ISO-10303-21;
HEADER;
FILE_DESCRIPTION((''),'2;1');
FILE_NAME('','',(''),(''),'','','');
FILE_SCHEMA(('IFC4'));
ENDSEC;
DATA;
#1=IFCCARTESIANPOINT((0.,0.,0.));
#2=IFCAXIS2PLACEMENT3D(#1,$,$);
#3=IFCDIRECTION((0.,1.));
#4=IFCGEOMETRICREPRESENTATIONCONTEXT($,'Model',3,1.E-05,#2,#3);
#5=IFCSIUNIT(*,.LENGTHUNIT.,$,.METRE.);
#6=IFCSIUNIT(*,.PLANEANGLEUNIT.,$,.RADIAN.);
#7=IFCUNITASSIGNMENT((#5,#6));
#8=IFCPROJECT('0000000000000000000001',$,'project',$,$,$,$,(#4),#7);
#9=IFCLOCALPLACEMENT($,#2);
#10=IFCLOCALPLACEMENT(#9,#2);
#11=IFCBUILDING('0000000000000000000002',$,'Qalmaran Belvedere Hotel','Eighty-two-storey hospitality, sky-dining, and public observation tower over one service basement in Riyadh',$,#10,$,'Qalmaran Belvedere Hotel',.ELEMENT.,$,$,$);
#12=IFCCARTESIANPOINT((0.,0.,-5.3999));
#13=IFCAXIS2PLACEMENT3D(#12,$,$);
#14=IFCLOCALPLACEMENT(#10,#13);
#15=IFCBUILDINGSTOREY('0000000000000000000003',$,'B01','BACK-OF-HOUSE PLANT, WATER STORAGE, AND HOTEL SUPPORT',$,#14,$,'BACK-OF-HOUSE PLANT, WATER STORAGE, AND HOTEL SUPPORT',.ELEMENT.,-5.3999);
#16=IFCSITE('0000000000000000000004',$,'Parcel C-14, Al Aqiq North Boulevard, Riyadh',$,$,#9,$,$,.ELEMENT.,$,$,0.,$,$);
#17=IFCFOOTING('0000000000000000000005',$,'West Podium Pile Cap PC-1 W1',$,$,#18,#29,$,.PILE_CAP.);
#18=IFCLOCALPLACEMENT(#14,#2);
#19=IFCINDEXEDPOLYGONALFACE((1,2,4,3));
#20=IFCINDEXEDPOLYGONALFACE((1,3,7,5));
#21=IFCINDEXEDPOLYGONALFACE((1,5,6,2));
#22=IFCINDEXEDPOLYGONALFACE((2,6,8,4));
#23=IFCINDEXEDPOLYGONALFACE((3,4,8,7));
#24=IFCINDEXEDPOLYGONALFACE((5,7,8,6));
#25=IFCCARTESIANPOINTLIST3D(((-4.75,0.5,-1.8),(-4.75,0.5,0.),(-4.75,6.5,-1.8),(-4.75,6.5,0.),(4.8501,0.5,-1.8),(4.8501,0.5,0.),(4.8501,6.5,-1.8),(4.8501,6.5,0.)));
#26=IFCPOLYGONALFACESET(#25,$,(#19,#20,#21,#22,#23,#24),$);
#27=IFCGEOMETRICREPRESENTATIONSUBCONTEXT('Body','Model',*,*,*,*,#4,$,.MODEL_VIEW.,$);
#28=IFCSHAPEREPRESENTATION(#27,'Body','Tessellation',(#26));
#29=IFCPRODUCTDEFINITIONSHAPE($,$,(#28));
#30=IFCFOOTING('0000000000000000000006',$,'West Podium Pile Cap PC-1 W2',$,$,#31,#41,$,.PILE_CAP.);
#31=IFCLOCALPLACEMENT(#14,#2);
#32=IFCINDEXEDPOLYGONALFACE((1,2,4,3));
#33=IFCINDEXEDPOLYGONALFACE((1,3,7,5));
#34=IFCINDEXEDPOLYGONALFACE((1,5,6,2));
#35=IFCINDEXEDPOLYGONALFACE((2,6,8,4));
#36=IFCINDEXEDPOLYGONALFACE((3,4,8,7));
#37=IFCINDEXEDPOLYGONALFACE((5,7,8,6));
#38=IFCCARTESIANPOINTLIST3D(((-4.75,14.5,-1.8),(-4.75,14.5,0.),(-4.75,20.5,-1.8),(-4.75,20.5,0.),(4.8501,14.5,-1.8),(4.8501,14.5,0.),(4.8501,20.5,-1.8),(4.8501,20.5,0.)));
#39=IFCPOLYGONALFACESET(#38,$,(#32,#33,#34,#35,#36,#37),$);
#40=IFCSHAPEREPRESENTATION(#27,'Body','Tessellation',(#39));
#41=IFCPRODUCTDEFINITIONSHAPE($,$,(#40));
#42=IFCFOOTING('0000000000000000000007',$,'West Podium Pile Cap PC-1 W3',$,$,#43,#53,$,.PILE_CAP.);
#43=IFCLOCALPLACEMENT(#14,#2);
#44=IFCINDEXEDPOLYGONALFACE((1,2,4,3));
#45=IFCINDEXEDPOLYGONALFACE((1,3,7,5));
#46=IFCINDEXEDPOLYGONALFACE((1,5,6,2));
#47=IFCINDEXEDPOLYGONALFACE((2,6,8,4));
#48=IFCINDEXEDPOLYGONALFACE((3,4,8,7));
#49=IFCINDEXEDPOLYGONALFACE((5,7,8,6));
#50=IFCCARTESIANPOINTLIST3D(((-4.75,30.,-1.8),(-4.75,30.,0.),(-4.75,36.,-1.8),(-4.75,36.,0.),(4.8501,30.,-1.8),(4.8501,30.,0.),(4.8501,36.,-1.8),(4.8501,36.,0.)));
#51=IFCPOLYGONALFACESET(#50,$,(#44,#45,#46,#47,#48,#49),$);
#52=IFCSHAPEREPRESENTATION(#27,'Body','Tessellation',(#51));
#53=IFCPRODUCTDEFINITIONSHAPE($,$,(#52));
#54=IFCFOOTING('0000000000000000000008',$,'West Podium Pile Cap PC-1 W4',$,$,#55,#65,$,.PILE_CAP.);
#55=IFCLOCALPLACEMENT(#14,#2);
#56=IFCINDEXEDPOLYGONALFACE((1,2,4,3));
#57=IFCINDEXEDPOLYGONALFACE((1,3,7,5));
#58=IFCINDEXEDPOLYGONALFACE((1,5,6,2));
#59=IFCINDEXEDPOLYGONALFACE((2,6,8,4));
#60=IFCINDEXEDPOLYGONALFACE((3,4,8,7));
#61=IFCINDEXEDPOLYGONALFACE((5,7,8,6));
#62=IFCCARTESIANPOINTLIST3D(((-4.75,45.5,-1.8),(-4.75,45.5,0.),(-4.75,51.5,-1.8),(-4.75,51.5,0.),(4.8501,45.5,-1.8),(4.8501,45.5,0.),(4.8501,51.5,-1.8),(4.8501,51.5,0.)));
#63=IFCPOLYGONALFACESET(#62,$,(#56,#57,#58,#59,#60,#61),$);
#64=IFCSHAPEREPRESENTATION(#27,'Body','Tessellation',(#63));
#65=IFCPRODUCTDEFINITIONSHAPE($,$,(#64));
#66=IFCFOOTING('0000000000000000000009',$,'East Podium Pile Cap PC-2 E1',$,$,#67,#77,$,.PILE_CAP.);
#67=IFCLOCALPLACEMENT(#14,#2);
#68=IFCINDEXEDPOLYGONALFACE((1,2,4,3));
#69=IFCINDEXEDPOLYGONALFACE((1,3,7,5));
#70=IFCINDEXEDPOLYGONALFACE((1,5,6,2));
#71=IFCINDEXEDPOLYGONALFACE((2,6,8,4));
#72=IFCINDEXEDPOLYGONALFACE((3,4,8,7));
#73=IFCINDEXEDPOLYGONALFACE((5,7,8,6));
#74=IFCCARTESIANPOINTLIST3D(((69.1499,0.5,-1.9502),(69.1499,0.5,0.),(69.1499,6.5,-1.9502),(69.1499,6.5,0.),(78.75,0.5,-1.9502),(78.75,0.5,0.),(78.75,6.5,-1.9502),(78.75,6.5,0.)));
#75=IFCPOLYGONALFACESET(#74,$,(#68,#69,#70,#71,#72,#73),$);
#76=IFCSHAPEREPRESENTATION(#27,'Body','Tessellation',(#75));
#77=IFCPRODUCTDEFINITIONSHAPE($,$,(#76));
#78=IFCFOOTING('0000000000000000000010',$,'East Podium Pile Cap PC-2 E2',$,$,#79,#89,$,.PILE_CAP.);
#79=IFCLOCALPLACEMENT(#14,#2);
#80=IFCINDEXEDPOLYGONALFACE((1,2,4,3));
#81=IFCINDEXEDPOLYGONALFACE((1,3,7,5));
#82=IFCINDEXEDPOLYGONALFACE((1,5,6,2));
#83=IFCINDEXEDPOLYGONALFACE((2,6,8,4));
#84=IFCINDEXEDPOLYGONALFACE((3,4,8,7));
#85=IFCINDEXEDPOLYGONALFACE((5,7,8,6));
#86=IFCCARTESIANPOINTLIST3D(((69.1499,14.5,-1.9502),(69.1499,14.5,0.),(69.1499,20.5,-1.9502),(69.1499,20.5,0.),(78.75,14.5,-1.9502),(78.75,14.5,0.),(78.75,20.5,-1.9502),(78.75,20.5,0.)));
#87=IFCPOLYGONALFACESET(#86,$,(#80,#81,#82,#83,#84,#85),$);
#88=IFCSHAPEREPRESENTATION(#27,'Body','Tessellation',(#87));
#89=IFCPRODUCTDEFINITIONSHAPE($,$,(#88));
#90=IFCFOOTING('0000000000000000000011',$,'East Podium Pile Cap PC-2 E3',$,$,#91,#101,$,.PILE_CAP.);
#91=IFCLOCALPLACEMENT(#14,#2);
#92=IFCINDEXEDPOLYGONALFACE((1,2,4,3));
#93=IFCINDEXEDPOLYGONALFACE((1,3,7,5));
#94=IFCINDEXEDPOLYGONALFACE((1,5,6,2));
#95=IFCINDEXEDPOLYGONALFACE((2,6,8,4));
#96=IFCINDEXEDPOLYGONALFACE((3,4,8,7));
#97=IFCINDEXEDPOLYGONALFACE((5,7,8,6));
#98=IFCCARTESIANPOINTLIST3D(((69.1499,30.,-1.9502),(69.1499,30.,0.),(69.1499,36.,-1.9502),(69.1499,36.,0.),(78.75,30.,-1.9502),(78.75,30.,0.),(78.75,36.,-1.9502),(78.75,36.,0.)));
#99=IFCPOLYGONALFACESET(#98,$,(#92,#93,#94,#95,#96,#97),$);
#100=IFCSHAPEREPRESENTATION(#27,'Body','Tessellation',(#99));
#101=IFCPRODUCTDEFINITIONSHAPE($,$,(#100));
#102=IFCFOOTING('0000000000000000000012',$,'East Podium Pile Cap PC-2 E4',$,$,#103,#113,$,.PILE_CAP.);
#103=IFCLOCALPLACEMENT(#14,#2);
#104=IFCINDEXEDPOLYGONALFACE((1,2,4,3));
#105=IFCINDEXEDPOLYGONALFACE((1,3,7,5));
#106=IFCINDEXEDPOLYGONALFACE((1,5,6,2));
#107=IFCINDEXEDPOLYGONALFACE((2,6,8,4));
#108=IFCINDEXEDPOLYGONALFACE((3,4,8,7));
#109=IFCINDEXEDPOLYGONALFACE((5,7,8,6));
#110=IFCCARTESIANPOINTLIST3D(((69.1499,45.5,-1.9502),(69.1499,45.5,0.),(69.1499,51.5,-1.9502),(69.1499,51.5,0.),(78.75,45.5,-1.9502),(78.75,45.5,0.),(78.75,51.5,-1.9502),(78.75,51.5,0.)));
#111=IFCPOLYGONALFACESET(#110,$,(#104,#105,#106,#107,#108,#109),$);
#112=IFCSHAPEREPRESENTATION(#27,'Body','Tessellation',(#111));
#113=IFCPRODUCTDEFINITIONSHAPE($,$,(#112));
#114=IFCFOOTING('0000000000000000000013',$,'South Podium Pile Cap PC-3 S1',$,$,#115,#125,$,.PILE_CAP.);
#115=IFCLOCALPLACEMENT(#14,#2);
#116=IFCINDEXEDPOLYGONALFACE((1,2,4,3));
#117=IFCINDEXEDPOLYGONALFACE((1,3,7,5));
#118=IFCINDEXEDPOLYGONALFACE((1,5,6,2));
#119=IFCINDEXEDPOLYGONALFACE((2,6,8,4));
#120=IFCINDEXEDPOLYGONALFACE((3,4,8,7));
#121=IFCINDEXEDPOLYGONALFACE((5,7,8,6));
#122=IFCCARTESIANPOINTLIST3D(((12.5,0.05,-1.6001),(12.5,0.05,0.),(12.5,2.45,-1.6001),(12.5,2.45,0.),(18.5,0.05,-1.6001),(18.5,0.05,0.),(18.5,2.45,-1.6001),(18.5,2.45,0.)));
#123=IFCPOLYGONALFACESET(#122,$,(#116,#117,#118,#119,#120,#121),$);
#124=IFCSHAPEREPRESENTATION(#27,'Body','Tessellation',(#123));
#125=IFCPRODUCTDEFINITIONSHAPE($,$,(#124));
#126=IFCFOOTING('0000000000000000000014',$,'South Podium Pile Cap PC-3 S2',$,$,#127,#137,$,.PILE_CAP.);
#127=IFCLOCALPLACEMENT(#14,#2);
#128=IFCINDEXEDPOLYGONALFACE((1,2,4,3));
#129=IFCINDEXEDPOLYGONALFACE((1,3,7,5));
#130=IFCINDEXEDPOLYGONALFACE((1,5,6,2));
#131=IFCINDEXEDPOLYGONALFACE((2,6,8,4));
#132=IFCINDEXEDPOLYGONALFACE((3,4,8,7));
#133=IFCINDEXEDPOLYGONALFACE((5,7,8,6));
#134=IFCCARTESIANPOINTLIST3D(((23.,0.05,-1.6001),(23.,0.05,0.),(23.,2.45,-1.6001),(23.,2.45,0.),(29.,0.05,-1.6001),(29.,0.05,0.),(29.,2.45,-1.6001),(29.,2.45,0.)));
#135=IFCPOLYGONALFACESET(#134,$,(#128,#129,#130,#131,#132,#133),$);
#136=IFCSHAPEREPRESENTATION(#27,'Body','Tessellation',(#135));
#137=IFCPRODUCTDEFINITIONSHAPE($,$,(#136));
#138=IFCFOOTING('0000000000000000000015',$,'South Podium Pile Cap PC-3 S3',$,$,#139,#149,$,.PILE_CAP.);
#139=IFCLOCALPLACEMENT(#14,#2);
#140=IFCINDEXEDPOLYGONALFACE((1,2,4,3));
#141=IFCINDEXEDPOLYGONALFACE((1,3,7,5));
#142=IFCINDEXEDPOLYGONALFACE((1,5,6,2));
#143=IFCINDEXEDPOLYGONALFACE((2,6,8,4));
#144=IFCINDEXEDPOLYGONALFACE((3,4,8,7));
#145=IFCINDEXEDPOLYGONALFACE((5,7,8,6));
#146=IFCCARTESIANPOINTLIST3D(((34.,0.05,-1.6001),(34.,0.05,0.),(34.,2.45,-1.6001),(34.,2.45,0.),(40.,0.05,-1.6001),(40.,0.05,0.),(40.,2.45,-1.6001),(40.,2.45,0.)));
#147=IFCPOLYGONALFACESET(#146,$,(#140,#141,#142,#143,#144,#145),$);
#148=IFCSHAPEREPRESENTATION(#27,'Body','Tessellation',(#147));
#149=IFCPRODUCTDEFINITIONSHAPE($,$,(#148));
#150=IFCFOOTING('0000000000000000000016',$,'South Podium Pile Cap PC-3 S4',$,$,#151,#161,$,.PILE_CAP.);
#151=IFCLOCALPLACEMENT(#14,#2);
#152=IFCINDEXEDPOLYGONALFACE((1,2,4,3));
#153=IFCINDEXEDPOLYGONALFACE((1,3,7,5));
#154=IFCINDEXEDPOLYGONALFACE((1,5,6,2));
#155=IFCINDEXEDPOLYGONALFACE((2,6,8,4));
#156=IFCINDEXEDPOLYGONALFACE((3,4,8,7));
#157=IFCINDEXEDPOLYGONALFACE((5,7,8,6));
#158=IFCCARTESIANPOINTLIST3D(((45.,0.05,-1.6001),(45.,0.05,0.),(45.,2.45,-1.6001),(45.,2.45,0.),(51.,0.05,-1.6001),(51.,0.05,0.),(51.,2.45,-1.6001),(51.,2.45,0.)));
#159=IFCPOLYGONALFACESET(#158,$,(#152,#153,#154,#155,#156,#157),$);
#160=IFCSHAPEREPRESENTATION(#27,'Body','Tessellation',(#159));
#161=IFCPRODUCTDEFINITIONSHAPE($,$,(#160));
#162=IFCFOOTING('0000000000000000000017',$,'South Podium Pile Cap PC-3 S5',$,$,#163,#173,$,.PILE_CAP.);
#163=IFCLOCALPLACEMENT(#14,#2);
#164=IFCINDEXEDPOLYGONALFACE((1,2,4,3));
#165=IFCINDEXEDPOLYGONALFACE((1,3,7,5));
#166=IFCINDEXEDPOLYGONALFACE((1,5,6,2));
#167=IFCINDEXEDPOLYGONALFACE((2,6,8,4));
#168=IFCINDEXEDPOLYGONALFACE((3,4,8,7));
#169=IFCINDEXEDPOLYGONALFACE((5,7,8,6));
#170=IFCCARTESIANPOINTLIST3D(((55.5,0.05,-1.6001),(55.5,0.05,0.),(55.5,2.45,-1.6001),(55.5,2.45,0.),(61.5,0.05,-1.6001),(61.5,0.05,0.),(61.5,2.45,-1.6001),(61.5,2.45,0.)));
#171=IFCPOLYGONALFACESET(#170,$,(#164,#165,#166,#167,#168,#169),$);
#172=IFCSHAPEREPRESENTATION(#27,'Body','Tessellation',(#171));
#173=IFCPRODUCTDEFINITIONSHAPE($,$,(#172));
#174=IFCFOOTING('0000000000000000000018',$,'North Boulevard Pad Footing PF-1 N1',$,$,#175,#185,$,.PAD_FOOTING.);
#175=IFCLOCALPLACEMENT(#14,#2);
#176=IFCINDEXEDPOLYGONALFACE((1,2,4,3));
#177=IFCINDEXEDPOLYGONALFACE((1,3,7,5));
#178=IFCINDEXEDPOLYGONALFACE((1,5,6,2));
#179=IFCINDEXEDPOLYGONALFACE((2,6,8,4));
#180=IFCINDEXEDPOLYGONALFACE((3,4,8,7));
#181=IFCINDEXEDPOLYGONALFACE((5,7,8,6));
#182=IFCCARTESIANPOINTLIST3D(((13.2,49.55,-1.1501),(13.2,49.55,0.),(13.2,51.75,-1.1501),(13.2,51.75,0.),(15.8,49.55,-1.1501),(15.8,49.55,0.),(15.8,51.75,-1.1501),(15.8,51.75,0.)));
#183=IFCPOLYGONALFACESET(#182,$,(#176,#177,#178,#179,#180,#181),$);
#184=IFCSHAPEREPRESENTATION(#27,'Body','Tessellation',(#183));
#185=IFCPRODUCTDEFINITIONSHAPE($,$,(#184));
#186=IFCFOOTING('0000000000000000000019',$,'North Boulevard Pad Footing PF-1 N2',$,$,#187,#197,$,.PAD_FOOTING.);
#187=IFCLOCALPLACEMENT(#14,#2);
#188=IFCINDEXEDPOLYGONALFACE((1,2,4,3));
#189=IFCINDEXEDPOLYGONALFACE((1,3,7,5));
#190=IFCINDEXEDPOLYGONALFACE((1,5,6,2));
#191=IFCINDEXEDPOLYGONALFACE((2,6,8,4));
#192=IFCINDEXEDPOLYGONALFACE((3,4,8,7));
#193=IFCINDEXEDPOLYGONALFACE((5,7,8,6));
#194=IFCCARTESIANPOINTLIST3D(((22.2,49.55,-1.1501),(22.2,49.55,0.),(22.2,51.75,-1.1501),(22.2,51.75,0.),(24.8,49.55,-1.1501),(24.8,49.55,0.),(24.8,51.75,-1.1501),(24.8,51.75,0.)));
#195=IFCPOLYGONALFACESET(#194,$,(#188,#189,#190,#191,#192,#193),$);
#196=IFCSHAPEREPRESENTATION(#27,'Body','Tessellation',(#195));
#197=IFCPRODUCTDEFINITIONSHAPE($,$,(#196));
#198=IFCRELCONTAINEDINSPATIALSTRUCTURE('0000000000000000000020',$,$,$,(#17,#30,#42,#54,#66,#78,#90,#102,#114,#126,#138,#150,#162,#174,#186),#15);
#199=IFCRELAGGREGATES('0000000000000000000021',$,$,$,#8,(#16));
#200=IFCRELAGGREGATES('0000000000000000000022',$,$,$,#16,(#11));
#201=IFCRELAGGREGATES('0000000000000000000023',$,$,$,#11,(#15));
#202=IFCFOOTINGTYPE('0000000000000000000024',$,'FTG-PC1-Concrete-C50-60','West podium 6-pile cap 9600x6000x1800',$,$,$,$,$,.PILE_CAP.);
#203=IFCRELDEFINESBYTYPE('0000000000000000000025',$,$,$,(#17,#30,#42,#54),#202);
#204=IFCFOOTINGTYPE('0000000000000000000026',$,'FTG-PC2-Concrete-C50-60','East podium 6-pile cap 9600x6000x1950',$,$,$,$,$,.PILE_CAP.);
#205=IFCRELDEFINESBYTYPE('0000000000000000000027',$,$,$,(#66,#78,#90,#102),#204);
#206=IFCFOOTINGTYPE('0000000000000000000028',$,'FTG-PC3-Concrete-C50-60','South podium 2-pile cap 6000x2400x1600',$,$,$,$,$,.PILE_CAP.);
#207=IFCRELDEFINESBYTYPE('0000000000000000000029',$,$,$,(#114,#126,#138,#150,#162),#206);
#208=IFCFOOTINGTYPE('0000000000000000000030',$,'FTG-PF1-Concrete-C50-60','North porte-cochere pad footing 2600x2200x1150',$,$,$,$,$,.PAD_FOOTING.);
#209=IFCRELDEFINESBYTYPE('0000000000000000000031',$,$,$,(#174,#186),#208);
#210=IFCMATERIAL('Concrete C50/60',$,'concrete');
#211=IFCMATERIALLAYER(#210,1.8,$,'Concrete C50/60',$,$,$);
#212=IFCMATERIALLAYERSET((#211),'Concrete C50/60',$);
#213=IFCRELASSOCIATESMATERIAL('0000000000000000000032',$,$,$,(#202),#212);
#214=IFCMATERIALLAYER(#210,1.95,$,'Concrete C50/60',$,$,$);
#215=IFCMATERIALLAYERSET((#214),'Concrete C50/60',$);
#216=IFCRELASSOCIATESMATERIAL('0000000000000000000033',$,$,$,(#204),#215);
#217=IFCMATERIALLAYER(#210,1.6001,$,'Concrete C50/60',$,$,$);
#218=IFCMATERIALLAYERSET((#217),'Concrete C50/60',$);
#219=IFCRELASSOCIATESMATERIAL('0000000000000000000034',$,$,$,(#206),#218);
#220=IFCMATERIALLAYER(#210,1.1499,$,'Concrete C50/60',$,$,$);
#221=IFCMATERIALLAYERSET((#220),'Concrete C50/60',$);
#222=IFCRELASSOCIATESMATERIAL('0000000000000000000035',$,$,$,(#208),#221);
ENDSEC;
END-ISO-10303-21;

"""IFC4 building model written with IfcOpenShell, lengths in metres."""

from ifc_helpers import new_model, si_unit, direction, frame, origin, place, context, subcontext, project, spatial, polyline, outline, extrude, material, layer, layer_set, type_object, element, save


model = new_model("IFC4")

# Units and contexts
model_context = context("Model", 3, precision=1e-05, world=origin(), true_north=direction((0.0, 1.0)))
body_context = subcontext(model_context, "Body", "Model", "MODEL_VIEW")
ifc_project = project(units=[si_unit("LENGTHUNIT", "METRE"), si_unit("PLANEANGLEUNIT", "RADIAN")], contexts=[model_context])

# Site, building, storey
site_placement = place(None, origin())
site = spatial("IfcSite", under=ifc_project, at=site_placement, Name="Parcel C-14, Al Aqiq North Boulevard, Riyadh", CompositionType="ELEMENT", RefElevation=0.0)
building_placement = place(site_placement, origin())
building = spatial("IfcBuilding", under=site, at=building_placement, Name="Qalmaran Belvedere Hotel", Description="Eighty-two-storey hospitality, sky-dining, and public observation tower over one service basement in Riyadh", LongName="Qalmaran Belvedere Hotel", CompositionType="ELEMENT")
storey_placement = place(building_placement, frame((0.0, 0.0, -5.3999)))
storey = spatial("IfcBuildingStorey", under=building, at=storey_placement, Name="B01", Description="BACK-OF-HOUSE PLANT, WATER STORAGE, AND HOTEL SUPPORT", LongName="BACK-OF-HOUSE PLANT, WATER STORAGE, AND HOTEL SUPPORT", CompositionType="ELEMENT", Elevation=-5.3999)

# Footings
ifc_material_1 = material(Name="Concrete C50/60", Category="concrete")
ifc_layer_1 = layer(ifc_material_1, 1.8, Name="Concrete C50/60")
ifc_layer_set_1 = layer_set([ifc_layer_1], Name="Concrete C50/60")
footing_type_1 = type_object("IfcFootingType", Name="FTG-PC1-Concrete-C50-60", Description="West podium 6-pile cap 9600x6000x1800", PredefinedType="PILE_CAP", material=ifc_layer_set_1)
footing_1_placement = place(storey_placement, frame((0.0, 0.0, -1.8)))
element("IfcFooting", 1, at=footing_1_placement, inside=storey, type_object=footing_type_1, Name="West Podium Pile Cap PC-1 W1", PredefinedType="PILE_CAP", context=body_context, shape_type="SweptSolid", body=[
    extrude(outline(polyline([(-4.75, 0.5), (4.8501, 0.5), (4.8501, 6.5), (-4.75, 6.5), (-4.75, 0.5)])), origin(), (0.0, 0.0, 1.0), 1.8),
])
footing_2_placement = place(storey_placement, frame((0.0, 0.0, -1.8)))
element("IfcFooting", 2, at=footing_2_placement, inside=storey, type_object=footing_type_1, Name="West Podium Pile Cap PC-1 W2", PredefinedType="PILE_CAP", context=body_context, shape_type="SweptSolid", body=[
    extrude(outline(polyline([(-4.75, 14.5), (4.8501, 14.5), (4.8501, 20.5), (-4.75, 20.5), (-4.75, 14.5)])), origin(), (0.0, 0.0, 1.0), 1.8),
])
footing_3_placement = place(storey_placement, frame((0.0, 0.0, -1.8)))
element("IfcFooting", 3, at=footing_3_placement, inside=storey, type_object=footing_type_1, Name="West Podium Pile Cap PC-1 W3", PredefinedType="PILE_CAP", context=body_context, shape_type="SweptSolid", body=[
    extrude(outline(polyline([(-4.75, 30.0), (4.8501, 30.0), (4.8501, 36.0), (-4.75, 36.0), (-4.75, 30.0)])), origin(), (0.0, 0.0, 1.0), 1.8),
])
footing_4_placement = place(storey_placement, frame((0.0, 0.0, -1.8)))
element("IfcFooting", 4, at=footing_4_placement, inside=storey, type_object=footing_type_1, Name="West Podium Pile Cap PC-1 W4", PredefinedType="PILE_CAP", context=body_context, shape_type="SweptSolid", body=[
    extrude(outline(polyline([(-4.75, 45.5), (4.8501, 45.5), (4.8501, 51.5), (-4.75, 51.5), (-4.75, 45.5)])), origin(), (0.0, 0.0, 1.0), 1.8),
])
ifc_layer_2 = layer(ifc_material_1, 1.95, Name="Concrete C50/60")
ifc_layer_set_2 = layer_set([ifc_layer_2], Name="Concrete C50/60")
footing_type_2 = type_object("IfcFootingType", Name="FTG-PC2-Concrete-C50-60", Description="East podium 6-pile cap 9600x6000x1950", PredefinedType="PILE_CAP", material=ifc_layer_set_2)
footing_5_placement = place(storey_placement, frame((0.0, 0.0, -1.9502)))
element("IfcFooting", 5, at=footing_5_placement, inside=storey, type_object=footing_type_2, Name="East Podium Pile Cap PC-2 E1", PredefinedType="PILE_CAP", context=body_context, shape_type="SweptSolid", body=[
    extrude(outline(polyline([(69.1499, 0.5), (78.75, 0.5), (78.75, 6.5), (69.1499, 6.5), (69.1499, 0.5)])), origin(), (0.0, 0.0, 1.0), 1.9502),
])
footing_6_placement = place(storey_placement, frame((0.0, 0.0, -1.9502)))
element("IfcFooting", 6, at=footing_6_placement, inside=storey, type_object=footing_type_2, Name="East Podium Pile Cap PC-2 E2", PredefinedType="PILE_CAP", context=body_context, shape_type="SweptSolid", body=[
    extrude(outline(polyline([(69.1499, 14.5), (78.75, 14.5), (78.75, 20.5), (69.1499, 20.5), (69.1499, 14.5)])), origin(), (0.0, 0.0, 1.0), 1.9502),
])
footing_7_placement = place(storey_placement, frame((0.0, 0.0, -1.9502)))
element("IfcFooting", 7, at=footing_7_placement, inside=storey, type_object=footing_type_2, Name="East Podium Pile Cap PC-2 E3", PredefinedType="PILE_CAP", context=body_context, shape_type="SweptSolid", body=[
    extrude(outline(polyline([(69.1499, 30.0), (78.75, 30.0), (78.75, 36.0), (69.1499, 36.0), (69.1499, 30.0)])), origin(), (0.0, 0.0, 1.0), 1.9502),
])
footing_8_placement = place(storey_placement, frame((0.0, 0.0, -1.9502)))
element("IfcFooting", 8, at=footing_8_placement, inside=storey, type_object=footing_type_2, Name="East Podium Pile Cap PC-2 E4", PredefinedType="PILE_CAP", context=body_context, shape_type="SweptSolid", body=[
    extrude(outline(polyline([(69.1499, 45.5), (78.75, 45.5), (78.75, 51.5), (69.1499, 51.5), (69.1499, 45.5)])), origin(), (0.0, 0.0, 1.0), 1.9502),
])
ifc_layer_3 = layer(ifc_material_1, 1.6001, Name="Concrete C50/60")
ifc_layer_set_3 = layer_set([ifc_layer_3], Name="Concrete C50/60")
footing_type_3 = type_object("IfcFootingType", Name="FTG-PC3-Concrete-C50-60", Description="South podium 2-pile cap 6000x2400x1600", PredefinedType="PILE_CAP", material=ifc_layer_set_3)
footing_9_placement = place(storey_placement, frame((0.0, 0.0, -1.6001)))
element("IfcFooting", 9, at=footing_9_placement, inside=storey, type_object=footing_type_3, Name="South Podium Pile Cap PC-3 S1", PredefinedType="PILE_CAP", context=body_context, shape_type="SweptSolid", body=[
    extrude(outline(polyline([(12.5, 0.05), (18.5, 0.05), (18.5, 2.45), (12.5, 2.45), (12.5, 0.05)])), origin(), (0.0, 0.0, 1.0), 1.6001),
])
footing_10_placement = place(storey_placement, frame((0.0, 0.0, -1.6001)))
element("IfcFooting", 10, at=footing_10_placement, inside=storey, type_object=footing_type_3, Name="South Podium Pile Cap PC-3 S2", PredefinedType="PILE_CAP", context=body_context, shape_type="SweptSolid", body=[
    extrude(outline(polyline([(23.0, 0.05), (29.0, 0.05), (29.0, 2.45), (23.0, 2.45), (23.0, 0.05)])), origin(), (0.0, 0.0, 1.0), 1.6001),
])
footing_11_placement = place(storey_placement, frame((0.0, 0.0, -1.6001)))
element("IfcFooting", 11, at=footing_11_placement, inside=storey, type_object=footing_type_3, Name="South Podium Pile Cap PC-3 S3", PredefinedType="PILE_CAP", context=body_context, shape_type="SweptSolid", body=[
    extrude(outline(polyline([(34.0, 0.05), (40.0, 0.05), (40.0, 2.45), (34.0, 2.45), (34.0, 0.05)])), origin(), (0.0, 0.0, 1.0), 1.6001),
])
footing_12_placement = place(storey_placement, frame((0.0, 0.0, -1.6001)))
element("IfcFooting", 12, at=footing_12_placement, inside=storey, type_object=footing_type_3, Name="South Podium Pile Cap PC-3 S4", PredefinedType="PILE_CAP", context=body_context, shape_type="SweptSolid", body=[
    extrude(outline(polyline([(45.0, 0.05), (51.0, 0.05), (51.0, 2.45), (45.0, 2.45), (45.0, 0.05)])), origin(), (0.0, 0.0, 1.0), 1.6001),
])
footing_13_placement = place(storey_placement, frame((0.0, 0.0, -1.6001)))
element("IfcFooting", 13, at=footing_13_placement, inside=storey, type_object=footing_type_3, Name="South Podium Pile Cap PC-3 S5", PredefinedType="PILE_CAP", context=body_context, shape_type="SweptSolid", body=[
    extrude(outline(polyline([(55.5, 0.05), (61.5, 0.05), (61.5, 2.45), (55.5, 2.45), (55.5, 0.05)])), origin(), (0.0, 0.0, 1.0), 1.6001),
])
ifc_layer_4 = layer(ifc_material_1, 1.1499, Name="Concrete C50/60")
ifc_layer_set_4 = layer_set([ifc_layer_4], Name="Concrete C50/60")
footing_type_4 = type_object("IfcFootingType", Name="FTG-PF1-Concrete-C50-60", Description="North porte-cochere pad footing 2600x2200x1150", PredefinedType="PAD_FOOTING", material=ifc_layer_set_4)
footing_14_placement = place(storey_placement, frame((0.0, 0.0, -1.1501)))
element("IfcFooting", 14, at=footing_14_placement, inside=storey, type_object=footing_type_4, Name="North Boulevard Pad Footing PF-1 N1", PredefinedType="PAD_FOOTING", context=body_context, shape_type="SweptSolid", body=[
    extrude(outline(polyline([(13.2, 49.55), (15.8, 49.55), (15.8, 51.75), (13.2, 51.75), (13.2, 49.55)])), origin(), (0.0, 0.0, 1.0), 1.1501),
])
footing_15_placement = place(storey_placement, frame((0.0, 0.0, -1.1501)))
element("IfcFooting", 15, at=footing_15_placement, inside=storey, type_object=footing_type_4, Name="North Boulevard Pad Footing PF-1 N2", PredefinedType="PAD_FOOTING", context=body_context, shape_type="SweptSolid", body=[
    extrude(outline(polyline([(22.2, 49.55), (24.8, 49.55), (24.8, 51.75), (22.2, 51.75), (22.2, 49.55)])), origin(), (0.0, 0.0, 1.0), 1.1501),
])

save(model, "model.ifc")
